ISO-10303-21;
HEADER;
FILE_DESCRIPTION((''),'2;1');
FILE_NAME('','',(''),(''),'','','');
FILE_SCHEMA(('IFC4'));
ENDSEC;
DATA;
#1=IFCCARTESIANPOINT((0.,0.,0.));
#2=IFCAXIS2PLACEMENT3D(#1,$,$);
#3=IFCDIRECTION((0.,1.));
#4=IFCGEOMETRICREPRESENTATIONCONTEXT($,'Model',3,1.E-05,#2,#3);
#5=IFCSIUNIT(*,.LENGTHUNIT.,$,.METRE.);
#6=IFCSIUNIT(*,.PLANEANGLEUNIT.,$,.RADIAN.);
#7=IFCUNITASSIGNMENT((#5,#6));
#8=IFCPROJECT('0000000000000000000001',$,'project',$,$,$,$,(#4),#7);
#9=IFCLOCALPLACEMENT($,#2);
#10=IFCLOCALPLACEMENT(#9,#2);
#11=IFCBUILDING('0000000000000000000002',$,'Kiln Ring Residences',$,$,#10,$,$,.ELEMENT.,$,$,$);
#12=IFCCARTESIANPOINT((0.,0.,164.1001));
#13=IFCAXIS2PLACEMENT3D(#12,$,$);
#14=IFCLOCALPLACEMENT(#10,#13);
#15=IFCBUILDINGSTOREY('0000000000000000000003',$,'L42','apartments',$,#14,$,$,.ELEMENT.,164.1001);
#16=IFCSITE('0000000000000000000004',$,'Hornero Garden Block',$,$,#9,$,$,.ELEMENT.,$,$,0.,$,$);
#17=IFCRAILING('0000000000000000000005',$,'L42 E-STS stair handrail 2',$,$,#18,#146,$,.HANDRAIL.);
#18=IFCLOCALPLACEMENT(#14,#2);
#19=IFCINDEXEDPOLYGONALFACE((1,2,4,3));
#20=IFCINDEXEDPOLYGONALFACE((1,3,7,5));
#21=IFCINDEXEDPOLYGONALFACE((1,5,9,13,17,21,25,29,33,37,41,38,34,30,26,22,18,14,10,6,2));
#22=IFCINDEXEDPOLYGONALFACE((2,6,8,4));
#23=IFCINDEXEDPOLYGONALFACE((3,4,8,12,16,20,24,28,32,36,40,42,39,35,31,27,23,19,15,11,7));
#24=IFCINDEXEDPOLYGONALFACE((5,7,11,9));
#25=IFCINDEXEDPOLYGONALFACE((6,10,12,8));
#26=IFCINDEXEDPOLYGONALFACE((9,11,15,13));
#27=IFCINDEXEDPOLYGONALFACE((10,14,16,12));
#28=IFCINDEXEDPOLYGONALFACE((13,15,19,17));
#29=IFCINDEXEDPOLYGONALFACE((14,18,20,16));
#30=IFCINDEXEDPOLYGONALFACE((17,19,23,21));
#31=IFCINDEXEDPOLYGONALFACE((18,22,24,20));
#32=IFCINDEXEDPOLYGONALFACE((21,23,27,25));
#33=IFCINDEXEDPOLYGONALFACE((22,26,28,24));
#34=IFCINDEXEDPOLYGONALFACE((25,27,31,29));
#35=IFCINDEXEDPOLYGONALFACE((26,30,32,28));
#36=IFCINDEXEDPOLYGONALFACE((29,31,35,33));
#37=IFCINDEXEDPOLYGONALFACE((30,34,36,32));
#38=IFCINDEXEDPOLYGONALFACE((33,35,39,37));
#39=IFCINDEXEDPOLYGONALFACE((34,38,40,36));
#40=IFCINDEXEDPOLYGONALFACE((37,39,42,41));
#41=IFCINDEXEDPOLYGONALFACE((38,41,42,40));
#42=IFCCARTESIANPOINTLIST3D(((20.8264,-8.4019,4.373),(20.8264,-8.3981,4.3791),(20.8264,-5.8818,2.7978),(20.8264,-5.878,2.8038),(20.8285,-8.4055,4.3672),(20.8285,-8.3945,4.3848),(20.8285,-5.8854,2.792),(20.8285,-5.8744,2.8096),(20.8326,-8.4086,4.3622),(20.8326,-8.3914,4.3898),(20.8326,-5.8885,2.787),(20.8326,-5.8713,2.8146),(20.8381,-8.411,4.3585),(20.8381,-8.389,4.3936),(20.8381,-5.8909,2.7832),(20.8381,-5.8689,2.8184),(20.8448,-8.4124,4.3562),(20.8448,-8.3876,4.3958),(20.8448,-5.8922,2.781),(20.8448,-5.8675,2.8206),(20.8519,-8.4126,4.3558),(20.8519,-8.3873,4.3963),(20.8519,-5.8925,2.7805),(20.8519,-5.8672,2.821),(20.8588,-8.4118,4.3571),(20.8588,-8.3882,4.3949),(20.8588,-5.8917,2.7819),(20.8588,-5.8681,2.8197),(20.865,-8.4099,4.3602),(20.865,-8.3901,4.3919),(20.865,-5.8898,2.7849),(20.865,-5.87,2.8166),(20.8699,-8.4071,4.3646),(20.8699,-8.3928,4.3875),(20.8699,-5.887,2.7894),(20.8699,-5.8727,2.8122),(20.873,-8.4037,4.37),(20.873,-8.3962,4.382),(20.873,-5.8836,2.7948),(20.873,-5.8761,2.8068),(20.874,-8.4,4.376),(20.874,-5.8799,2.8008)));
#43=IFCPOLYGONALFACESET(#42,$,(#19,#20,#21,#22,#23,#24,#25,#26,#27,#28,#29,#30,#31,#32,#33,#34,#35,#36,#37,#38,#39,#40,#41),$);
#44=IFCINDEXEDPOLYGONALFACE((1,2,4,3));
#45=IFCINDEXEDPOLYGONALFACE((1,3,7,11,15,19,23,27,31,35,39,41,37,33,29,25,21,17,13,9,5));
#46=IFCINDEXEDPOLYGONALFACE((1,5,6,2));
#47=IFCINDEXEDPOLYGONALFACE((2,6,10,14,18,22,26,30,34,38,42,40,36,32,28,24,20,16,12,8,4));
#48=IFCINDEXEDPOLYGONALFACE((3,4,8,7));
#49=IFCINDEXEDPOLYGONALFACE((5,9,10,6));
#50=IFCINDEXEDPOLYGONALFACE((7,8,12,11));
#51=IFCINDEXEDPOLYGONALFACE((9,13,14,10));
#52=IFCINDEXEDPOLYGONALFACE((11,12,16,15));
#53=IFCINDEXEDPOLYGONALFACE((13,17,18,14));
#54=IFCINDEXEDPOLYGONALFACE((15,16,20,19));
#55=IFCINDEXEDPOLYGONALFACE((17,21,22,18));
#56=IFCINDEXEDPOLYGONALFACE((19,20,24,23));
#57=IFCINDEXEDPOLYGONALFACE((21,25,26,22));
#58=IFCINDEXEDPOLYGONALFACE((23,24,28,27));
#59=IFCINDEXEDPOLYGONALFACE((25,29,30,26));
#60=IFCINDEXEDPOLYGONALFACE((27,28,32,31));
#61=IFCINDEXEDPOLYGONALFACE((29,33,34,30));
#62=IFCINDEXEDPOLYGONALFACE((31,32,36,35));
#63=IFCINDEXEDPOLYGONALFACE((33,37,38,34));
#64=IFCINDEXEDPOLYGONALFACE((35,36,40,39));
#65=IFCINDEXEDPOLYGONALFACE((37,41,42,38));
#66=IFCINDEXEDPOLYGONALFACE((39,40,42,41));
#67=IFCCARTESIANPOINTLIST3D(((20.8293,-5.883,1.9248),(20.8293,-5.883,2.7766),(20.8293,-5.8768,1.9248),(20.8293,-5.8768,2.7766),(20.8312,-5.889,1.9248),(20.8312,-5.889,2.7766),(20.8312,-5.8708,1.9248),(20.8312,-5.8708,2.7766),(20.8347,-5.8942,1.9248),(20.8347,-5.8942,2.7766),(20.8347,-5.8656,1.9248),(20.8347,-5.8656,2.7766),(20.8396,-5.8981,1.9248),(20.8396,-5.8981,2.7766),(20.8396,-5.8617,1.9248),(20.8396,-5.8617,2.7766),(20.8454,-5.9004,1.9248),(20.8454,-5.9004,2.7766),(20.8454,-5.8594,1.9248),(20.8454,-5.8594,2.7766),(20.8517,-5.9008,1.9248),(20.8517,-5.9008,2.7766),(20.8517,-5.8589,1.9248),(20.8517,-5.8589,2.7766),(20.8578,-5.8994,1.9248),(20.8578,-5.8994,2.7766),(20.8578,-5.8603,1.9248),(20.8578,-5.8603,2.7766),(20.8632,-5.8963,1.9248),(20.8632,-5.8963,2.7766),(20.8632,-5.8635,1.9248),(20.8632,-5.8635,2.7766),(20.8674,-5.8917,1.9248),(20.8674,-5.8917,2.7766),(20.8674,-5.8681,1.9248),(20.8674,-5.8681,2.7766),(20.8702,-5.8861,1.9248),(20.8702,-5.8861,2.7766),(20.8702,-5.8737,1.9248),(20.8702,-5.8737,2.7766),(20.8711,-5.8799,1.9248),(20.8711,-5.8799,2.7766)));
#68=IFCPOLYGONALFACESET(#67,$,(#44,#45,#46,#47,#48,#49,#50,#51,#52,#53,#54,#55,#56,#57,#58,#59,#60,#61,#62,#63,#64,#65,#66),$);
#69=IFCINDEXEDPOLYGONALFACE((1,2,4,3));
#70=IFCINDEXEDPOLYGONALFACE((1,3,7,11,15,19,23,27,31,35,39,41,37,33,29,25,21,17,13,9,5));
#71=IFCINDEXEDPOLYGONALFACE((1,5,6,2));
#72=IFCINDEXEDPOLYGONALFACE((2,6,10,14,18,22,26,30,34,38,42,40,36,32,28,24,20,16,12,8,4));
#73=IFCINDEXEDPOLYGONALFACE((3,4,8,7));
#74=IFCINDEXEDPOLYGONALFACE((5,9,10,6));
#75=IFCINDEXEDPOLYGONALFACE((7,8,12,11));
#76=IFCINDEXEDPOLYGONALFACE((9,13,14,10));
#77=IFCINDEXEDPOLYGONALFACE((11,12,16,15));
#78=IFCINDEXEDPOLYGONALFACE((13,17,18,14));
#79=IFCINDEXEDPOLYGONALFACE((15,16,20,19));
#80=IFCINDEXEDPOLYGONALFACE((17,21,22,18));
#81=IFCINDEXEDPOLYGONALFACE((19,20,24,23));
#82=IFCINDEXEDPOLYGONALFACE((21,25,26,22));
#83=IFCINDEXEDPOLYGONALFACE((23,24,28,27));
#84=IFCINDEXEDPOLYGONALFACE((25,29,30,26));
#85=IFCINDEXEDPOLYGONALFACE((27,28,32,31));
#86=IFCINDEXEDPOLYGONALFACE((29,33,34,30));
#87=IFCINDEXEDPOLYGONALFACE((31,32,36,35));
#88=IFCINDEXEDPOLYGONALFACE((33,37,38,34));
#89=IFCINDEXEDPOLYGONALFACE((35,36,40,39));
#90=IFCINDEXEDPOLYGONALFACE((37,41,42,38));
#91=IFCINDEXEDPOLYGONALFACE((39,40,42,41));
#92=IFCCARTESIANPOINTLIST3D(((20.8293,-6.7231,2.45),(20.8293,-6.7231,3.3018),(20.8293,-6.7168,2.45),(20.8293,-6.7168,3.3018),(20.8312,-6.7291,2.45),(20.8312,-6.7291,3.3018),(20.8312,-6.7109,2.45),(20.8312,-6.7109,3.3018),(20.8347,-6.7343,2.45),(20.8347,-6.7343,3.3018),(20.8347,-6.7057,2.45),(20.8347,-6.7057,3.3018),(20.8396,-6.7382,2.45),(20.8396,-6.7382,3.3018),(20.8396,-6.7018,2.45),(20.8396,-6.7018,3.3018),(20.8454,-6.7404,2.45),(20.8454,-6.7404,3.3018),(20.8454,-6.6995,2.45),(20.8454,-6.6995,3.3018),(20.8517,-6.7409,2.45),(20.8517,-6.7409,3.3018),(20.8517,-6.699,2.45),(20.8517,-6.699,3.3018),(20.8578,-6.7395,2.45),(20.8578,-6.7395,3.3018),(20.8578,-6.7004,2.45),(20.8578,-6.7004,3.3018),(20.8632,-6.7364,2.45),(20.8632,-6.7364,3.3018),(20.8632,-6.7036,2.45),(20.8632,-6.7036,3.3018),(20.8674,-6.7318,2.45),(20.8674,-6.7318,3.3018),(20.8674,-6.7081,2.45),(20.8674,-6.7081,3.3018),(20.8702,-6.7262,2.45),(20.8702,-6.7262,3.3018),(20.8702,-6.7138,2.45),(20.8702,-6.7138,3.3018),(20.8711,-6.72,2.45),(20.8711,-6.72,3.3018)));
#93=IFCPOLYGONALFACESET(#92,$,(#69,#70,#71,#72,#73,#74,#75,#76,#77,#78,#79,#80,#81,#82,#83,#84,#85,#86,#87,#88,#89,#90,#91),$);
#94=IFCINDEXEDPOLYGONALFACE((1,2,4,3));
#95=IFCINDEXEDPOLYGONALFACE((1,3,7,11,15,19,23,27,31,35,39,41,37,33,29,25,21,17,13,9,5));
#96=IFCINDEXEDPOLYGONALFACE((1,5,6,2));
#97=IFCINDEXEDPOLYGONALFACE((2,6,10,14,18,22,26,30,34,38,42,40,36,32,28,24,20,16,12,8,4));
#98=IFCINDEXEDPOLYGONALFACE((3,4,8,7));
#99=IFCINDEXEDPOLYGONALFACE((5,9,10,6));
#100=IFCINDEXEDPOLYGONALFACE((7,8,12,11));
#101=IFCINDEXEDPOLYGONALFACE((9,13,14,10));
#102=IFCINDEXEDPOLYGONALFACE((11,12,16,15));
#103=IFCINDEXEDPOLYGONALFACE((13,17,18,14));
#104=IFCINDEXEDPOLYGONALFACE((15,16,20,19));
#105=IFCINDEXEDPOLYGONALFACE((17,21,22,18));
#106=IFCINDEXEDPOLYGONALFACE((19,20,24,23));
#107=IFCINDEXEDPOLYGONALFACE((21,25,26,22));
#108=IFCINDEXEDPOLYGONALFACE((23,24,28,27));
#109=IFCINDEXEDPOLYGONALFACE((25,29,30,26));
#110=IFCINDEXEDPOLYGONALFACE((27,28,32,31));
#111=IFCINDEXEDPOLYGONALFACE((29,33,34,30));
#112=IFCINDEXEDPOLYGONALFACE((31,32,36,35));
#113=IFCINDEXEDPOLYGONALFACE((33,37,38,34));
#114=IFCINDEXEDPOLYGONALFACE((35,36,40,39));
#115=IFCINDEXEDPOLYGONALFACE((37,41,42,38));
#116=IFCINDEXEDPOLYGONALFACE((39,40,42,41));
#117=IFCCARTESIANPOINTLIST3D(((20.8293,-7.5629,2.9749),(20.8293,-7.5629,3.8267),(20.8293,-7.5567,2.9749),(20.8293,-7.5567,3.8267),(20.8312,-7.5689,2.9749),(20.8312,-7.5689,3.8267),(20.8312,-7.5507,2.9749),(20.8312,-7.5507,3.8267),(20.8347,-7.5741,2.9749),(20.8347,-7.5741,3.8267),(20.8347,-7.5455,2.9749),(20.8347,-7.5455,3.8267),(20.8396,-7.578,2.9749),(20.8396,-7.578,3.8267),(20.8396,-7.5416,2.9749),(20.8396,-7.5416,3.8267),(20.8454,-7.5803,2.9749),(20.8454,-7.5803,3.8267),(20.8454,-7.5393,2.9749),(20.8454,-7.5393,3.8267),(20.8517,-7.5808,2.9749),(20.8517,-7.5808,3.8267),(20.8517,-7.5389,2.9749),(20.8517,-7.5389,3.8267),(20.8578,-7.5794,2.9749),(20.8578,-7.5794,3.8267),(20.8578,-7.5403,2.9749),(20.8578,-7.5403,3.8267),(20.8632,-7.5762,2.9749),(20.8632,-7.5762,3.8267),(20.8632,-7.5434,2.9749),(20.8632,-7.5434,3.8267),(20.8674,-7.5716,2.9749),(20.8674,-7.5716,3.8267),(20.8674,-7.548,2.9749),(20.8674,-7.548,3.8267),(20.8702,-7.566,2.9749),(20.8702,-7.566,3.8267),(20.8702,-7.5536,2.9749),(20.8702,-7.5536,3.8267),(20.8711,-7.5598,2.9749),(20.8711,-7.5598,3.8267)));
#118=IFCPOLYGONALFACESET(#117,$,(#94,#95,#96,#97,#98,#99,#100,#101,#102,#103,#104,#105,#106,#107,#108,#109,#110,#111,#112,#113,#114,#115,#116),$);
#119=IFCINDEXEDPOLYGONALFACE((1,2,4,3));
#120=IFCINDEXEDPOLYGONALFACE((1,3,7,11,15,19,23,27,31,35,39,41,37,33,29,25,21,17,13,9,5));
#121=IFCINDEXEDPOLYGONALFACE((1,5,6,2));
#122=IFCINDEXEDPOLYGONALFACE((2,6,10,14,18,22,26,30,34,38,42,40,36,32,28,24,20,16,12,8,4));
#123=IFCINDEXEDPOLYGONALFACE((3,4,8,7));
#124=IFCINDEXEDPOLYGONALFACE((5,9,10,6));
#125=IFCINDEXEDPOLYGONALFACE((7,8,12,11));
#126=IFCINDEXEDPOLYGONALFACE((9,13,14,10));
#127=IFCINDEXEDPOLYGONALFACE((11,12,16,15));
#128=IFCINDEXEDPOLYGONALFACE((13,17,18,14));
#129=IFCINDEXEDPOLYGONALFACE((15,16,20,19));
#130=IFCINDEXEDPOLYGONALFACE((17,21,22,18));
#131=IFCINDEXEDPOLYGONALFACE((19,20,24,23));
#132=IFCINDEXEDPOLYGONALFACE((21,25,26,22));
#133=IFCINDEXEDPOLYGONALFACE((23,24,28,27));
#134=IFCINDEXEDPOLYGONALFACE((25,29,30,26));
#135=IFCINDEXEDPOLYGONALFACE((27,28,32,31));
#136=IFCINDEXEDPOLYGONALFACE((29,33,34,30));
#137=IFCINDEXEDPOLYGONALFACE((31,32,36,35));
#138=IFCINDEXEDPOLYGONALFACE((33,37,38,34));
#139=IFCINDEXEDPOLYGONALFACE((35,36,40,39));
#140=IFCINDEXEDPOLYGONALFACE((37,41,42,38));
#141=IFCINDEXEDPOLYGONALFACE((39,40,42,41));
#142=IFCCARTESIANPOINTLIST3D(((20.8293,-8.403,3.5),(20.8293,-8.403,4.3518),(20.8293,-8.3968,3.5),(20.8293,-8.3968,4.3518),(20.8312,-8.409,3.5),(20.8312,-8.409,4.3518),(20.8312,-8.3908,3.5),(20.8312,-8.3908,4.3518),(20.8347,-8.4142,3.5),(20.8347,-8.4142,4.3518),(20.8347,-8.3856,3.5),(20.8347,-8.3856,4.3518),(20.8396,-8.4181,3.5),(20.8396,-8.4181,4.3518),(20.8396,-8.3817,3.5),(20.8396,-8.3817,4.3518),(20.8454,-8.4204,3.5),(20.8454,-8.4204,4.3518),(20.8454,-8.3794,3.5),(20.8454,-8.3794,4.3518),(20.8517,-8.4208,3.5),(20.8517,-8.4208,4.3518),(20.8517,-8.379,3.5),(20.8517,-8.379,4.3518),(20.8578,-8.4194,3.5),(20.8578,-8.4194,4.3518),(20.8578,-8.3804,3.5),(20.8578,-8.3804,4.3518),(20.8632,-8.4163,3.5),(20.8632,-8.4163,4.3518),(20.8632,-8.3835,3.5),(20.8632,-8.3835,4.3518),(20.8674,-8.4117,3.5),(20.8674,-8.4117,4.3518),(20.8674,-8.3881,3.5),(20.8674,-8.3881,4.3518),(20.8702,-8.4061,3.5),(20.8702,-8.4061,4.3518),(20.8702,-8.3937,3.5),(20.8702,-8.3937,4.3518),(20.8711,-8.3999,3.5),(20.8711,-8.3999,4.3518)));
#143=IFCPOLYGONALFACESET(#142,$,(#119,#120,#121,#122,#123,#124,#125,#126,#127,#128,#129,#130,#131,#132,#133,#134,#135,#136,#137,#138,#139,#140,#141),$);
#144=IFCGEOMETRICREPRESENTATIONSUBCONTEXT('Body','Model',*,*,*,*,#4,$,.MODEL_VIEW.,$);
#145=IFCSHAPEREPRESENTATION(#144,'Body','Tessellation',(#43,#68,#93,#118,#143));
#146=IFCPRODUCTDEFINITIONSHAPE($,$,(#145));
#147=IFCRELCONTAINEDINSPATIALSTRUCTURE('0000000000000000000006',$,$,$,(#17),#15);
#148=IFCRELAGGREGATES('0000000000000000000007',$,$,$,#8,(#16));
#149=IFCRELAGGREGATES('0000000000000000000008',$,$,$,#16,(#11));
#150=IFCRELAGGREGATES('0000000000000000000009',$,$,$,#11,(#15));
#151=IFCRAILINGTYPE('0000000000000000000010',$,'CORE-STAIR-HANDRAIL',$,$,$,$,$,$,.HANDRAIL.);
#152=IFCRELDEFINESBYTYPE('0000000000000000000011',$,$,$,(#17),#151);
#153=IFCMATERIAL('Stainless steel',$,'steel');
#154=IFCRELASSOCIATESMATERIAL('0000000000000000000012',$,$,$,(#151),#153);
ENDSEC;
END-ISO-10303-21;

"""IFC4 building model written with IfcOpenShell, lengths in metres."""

from ifc_helpers import new_model, si_unit, direction, frame, origin, origin_2d, place, context, subcontext, project, spatial, circle, extrude, material, type_object, element, save


model = new_model("IFC4")

# Units and contexts
model_context = context("Model", 3, precision=1e-05, world=origin(), true_north=direction((0.0, 1.0)))
body_context = subcontext(model_context, "Body", "Model", "MODEL_VIEW")
ifc_project = project(units=[si_unit("LENGTHUNIT", "METRE"), si_unit("PLANEANGLEUNIT", "RADIAN")], contexts=[model_context])

# Site, building, storey
site_placement = place(None, origin())
site = spatial("IfcSite", under=ifc_project, at=site_placement, Name="Hornero Garden Block", CompositionType="ELEMENT", RefElevation=0.0)
building_placement = place(site_placement, origin())
building = spatial("IfcBuilding", under=site, at=building_placement, Name="Kiln Ring Residences", CompositionType="ELEMENT")
storey_placement = place(building_placement, frame((0.0, 0.0, 164.1001)))
storey = spatial("IfcBuildingStorey", under=building, at=storey_placement, Name="L42", Description="apartments", CompositionType="ELEMENT", Elevation=164.1001)

# Railing
ifc_material_1 = material(Name="Stainless steel", Category="steel")
railing_type_1 = type_object("IfcRailingType", Name="CORE-STAIR-HANDRAIL", PredefinedType="HANDRAIL", material=ifc_material_1)
railing_1_placement = place(storey_placement, frame((20.8501, -5.8799, 1.9248)))
element("IfcRailing", 1, at=railing_1_placement, inside=storey, type_object=railing_type_1, Name="L42 E-STS stair handrail 2", PredefinedType="HANDRAIL", context=body_context, shape_type="SweptSolid", body=[
    extrude(circle(Radius=0.0239, at=origin_2d()), frame((0.0, 0.0, 0.876), z_axis=(0.0, -0.847971, 0.530043), x_axis=(1.0, 0.0, 0.0)), (0.0, 0.0, 1.0), 2.9719),
    extrude(circle(Radius=0.021, at=origin_2d()), origin(), (0.0, 0.0, 1.0), 0.8518),
    extrude(circle(Radius=0.021, at=origin_2d()), frame((0.0, -0.8401, 0.5251)), (0.0, 0.0, 1.0), 0.8518),
    extrude(circle(Radius=0.021, at=origin_2d()), frame((0.0, -1.6799, 1.05)), (0.0, 0.0, 1.0), 0.8518),
    extrude(circle(Radius=0.021, at=origin_2d()), frame((0.0, -2.52, 1.5752)), (0.0, 0.0, 1.0), 0.8518),
])

save(model, "model.ifc")
